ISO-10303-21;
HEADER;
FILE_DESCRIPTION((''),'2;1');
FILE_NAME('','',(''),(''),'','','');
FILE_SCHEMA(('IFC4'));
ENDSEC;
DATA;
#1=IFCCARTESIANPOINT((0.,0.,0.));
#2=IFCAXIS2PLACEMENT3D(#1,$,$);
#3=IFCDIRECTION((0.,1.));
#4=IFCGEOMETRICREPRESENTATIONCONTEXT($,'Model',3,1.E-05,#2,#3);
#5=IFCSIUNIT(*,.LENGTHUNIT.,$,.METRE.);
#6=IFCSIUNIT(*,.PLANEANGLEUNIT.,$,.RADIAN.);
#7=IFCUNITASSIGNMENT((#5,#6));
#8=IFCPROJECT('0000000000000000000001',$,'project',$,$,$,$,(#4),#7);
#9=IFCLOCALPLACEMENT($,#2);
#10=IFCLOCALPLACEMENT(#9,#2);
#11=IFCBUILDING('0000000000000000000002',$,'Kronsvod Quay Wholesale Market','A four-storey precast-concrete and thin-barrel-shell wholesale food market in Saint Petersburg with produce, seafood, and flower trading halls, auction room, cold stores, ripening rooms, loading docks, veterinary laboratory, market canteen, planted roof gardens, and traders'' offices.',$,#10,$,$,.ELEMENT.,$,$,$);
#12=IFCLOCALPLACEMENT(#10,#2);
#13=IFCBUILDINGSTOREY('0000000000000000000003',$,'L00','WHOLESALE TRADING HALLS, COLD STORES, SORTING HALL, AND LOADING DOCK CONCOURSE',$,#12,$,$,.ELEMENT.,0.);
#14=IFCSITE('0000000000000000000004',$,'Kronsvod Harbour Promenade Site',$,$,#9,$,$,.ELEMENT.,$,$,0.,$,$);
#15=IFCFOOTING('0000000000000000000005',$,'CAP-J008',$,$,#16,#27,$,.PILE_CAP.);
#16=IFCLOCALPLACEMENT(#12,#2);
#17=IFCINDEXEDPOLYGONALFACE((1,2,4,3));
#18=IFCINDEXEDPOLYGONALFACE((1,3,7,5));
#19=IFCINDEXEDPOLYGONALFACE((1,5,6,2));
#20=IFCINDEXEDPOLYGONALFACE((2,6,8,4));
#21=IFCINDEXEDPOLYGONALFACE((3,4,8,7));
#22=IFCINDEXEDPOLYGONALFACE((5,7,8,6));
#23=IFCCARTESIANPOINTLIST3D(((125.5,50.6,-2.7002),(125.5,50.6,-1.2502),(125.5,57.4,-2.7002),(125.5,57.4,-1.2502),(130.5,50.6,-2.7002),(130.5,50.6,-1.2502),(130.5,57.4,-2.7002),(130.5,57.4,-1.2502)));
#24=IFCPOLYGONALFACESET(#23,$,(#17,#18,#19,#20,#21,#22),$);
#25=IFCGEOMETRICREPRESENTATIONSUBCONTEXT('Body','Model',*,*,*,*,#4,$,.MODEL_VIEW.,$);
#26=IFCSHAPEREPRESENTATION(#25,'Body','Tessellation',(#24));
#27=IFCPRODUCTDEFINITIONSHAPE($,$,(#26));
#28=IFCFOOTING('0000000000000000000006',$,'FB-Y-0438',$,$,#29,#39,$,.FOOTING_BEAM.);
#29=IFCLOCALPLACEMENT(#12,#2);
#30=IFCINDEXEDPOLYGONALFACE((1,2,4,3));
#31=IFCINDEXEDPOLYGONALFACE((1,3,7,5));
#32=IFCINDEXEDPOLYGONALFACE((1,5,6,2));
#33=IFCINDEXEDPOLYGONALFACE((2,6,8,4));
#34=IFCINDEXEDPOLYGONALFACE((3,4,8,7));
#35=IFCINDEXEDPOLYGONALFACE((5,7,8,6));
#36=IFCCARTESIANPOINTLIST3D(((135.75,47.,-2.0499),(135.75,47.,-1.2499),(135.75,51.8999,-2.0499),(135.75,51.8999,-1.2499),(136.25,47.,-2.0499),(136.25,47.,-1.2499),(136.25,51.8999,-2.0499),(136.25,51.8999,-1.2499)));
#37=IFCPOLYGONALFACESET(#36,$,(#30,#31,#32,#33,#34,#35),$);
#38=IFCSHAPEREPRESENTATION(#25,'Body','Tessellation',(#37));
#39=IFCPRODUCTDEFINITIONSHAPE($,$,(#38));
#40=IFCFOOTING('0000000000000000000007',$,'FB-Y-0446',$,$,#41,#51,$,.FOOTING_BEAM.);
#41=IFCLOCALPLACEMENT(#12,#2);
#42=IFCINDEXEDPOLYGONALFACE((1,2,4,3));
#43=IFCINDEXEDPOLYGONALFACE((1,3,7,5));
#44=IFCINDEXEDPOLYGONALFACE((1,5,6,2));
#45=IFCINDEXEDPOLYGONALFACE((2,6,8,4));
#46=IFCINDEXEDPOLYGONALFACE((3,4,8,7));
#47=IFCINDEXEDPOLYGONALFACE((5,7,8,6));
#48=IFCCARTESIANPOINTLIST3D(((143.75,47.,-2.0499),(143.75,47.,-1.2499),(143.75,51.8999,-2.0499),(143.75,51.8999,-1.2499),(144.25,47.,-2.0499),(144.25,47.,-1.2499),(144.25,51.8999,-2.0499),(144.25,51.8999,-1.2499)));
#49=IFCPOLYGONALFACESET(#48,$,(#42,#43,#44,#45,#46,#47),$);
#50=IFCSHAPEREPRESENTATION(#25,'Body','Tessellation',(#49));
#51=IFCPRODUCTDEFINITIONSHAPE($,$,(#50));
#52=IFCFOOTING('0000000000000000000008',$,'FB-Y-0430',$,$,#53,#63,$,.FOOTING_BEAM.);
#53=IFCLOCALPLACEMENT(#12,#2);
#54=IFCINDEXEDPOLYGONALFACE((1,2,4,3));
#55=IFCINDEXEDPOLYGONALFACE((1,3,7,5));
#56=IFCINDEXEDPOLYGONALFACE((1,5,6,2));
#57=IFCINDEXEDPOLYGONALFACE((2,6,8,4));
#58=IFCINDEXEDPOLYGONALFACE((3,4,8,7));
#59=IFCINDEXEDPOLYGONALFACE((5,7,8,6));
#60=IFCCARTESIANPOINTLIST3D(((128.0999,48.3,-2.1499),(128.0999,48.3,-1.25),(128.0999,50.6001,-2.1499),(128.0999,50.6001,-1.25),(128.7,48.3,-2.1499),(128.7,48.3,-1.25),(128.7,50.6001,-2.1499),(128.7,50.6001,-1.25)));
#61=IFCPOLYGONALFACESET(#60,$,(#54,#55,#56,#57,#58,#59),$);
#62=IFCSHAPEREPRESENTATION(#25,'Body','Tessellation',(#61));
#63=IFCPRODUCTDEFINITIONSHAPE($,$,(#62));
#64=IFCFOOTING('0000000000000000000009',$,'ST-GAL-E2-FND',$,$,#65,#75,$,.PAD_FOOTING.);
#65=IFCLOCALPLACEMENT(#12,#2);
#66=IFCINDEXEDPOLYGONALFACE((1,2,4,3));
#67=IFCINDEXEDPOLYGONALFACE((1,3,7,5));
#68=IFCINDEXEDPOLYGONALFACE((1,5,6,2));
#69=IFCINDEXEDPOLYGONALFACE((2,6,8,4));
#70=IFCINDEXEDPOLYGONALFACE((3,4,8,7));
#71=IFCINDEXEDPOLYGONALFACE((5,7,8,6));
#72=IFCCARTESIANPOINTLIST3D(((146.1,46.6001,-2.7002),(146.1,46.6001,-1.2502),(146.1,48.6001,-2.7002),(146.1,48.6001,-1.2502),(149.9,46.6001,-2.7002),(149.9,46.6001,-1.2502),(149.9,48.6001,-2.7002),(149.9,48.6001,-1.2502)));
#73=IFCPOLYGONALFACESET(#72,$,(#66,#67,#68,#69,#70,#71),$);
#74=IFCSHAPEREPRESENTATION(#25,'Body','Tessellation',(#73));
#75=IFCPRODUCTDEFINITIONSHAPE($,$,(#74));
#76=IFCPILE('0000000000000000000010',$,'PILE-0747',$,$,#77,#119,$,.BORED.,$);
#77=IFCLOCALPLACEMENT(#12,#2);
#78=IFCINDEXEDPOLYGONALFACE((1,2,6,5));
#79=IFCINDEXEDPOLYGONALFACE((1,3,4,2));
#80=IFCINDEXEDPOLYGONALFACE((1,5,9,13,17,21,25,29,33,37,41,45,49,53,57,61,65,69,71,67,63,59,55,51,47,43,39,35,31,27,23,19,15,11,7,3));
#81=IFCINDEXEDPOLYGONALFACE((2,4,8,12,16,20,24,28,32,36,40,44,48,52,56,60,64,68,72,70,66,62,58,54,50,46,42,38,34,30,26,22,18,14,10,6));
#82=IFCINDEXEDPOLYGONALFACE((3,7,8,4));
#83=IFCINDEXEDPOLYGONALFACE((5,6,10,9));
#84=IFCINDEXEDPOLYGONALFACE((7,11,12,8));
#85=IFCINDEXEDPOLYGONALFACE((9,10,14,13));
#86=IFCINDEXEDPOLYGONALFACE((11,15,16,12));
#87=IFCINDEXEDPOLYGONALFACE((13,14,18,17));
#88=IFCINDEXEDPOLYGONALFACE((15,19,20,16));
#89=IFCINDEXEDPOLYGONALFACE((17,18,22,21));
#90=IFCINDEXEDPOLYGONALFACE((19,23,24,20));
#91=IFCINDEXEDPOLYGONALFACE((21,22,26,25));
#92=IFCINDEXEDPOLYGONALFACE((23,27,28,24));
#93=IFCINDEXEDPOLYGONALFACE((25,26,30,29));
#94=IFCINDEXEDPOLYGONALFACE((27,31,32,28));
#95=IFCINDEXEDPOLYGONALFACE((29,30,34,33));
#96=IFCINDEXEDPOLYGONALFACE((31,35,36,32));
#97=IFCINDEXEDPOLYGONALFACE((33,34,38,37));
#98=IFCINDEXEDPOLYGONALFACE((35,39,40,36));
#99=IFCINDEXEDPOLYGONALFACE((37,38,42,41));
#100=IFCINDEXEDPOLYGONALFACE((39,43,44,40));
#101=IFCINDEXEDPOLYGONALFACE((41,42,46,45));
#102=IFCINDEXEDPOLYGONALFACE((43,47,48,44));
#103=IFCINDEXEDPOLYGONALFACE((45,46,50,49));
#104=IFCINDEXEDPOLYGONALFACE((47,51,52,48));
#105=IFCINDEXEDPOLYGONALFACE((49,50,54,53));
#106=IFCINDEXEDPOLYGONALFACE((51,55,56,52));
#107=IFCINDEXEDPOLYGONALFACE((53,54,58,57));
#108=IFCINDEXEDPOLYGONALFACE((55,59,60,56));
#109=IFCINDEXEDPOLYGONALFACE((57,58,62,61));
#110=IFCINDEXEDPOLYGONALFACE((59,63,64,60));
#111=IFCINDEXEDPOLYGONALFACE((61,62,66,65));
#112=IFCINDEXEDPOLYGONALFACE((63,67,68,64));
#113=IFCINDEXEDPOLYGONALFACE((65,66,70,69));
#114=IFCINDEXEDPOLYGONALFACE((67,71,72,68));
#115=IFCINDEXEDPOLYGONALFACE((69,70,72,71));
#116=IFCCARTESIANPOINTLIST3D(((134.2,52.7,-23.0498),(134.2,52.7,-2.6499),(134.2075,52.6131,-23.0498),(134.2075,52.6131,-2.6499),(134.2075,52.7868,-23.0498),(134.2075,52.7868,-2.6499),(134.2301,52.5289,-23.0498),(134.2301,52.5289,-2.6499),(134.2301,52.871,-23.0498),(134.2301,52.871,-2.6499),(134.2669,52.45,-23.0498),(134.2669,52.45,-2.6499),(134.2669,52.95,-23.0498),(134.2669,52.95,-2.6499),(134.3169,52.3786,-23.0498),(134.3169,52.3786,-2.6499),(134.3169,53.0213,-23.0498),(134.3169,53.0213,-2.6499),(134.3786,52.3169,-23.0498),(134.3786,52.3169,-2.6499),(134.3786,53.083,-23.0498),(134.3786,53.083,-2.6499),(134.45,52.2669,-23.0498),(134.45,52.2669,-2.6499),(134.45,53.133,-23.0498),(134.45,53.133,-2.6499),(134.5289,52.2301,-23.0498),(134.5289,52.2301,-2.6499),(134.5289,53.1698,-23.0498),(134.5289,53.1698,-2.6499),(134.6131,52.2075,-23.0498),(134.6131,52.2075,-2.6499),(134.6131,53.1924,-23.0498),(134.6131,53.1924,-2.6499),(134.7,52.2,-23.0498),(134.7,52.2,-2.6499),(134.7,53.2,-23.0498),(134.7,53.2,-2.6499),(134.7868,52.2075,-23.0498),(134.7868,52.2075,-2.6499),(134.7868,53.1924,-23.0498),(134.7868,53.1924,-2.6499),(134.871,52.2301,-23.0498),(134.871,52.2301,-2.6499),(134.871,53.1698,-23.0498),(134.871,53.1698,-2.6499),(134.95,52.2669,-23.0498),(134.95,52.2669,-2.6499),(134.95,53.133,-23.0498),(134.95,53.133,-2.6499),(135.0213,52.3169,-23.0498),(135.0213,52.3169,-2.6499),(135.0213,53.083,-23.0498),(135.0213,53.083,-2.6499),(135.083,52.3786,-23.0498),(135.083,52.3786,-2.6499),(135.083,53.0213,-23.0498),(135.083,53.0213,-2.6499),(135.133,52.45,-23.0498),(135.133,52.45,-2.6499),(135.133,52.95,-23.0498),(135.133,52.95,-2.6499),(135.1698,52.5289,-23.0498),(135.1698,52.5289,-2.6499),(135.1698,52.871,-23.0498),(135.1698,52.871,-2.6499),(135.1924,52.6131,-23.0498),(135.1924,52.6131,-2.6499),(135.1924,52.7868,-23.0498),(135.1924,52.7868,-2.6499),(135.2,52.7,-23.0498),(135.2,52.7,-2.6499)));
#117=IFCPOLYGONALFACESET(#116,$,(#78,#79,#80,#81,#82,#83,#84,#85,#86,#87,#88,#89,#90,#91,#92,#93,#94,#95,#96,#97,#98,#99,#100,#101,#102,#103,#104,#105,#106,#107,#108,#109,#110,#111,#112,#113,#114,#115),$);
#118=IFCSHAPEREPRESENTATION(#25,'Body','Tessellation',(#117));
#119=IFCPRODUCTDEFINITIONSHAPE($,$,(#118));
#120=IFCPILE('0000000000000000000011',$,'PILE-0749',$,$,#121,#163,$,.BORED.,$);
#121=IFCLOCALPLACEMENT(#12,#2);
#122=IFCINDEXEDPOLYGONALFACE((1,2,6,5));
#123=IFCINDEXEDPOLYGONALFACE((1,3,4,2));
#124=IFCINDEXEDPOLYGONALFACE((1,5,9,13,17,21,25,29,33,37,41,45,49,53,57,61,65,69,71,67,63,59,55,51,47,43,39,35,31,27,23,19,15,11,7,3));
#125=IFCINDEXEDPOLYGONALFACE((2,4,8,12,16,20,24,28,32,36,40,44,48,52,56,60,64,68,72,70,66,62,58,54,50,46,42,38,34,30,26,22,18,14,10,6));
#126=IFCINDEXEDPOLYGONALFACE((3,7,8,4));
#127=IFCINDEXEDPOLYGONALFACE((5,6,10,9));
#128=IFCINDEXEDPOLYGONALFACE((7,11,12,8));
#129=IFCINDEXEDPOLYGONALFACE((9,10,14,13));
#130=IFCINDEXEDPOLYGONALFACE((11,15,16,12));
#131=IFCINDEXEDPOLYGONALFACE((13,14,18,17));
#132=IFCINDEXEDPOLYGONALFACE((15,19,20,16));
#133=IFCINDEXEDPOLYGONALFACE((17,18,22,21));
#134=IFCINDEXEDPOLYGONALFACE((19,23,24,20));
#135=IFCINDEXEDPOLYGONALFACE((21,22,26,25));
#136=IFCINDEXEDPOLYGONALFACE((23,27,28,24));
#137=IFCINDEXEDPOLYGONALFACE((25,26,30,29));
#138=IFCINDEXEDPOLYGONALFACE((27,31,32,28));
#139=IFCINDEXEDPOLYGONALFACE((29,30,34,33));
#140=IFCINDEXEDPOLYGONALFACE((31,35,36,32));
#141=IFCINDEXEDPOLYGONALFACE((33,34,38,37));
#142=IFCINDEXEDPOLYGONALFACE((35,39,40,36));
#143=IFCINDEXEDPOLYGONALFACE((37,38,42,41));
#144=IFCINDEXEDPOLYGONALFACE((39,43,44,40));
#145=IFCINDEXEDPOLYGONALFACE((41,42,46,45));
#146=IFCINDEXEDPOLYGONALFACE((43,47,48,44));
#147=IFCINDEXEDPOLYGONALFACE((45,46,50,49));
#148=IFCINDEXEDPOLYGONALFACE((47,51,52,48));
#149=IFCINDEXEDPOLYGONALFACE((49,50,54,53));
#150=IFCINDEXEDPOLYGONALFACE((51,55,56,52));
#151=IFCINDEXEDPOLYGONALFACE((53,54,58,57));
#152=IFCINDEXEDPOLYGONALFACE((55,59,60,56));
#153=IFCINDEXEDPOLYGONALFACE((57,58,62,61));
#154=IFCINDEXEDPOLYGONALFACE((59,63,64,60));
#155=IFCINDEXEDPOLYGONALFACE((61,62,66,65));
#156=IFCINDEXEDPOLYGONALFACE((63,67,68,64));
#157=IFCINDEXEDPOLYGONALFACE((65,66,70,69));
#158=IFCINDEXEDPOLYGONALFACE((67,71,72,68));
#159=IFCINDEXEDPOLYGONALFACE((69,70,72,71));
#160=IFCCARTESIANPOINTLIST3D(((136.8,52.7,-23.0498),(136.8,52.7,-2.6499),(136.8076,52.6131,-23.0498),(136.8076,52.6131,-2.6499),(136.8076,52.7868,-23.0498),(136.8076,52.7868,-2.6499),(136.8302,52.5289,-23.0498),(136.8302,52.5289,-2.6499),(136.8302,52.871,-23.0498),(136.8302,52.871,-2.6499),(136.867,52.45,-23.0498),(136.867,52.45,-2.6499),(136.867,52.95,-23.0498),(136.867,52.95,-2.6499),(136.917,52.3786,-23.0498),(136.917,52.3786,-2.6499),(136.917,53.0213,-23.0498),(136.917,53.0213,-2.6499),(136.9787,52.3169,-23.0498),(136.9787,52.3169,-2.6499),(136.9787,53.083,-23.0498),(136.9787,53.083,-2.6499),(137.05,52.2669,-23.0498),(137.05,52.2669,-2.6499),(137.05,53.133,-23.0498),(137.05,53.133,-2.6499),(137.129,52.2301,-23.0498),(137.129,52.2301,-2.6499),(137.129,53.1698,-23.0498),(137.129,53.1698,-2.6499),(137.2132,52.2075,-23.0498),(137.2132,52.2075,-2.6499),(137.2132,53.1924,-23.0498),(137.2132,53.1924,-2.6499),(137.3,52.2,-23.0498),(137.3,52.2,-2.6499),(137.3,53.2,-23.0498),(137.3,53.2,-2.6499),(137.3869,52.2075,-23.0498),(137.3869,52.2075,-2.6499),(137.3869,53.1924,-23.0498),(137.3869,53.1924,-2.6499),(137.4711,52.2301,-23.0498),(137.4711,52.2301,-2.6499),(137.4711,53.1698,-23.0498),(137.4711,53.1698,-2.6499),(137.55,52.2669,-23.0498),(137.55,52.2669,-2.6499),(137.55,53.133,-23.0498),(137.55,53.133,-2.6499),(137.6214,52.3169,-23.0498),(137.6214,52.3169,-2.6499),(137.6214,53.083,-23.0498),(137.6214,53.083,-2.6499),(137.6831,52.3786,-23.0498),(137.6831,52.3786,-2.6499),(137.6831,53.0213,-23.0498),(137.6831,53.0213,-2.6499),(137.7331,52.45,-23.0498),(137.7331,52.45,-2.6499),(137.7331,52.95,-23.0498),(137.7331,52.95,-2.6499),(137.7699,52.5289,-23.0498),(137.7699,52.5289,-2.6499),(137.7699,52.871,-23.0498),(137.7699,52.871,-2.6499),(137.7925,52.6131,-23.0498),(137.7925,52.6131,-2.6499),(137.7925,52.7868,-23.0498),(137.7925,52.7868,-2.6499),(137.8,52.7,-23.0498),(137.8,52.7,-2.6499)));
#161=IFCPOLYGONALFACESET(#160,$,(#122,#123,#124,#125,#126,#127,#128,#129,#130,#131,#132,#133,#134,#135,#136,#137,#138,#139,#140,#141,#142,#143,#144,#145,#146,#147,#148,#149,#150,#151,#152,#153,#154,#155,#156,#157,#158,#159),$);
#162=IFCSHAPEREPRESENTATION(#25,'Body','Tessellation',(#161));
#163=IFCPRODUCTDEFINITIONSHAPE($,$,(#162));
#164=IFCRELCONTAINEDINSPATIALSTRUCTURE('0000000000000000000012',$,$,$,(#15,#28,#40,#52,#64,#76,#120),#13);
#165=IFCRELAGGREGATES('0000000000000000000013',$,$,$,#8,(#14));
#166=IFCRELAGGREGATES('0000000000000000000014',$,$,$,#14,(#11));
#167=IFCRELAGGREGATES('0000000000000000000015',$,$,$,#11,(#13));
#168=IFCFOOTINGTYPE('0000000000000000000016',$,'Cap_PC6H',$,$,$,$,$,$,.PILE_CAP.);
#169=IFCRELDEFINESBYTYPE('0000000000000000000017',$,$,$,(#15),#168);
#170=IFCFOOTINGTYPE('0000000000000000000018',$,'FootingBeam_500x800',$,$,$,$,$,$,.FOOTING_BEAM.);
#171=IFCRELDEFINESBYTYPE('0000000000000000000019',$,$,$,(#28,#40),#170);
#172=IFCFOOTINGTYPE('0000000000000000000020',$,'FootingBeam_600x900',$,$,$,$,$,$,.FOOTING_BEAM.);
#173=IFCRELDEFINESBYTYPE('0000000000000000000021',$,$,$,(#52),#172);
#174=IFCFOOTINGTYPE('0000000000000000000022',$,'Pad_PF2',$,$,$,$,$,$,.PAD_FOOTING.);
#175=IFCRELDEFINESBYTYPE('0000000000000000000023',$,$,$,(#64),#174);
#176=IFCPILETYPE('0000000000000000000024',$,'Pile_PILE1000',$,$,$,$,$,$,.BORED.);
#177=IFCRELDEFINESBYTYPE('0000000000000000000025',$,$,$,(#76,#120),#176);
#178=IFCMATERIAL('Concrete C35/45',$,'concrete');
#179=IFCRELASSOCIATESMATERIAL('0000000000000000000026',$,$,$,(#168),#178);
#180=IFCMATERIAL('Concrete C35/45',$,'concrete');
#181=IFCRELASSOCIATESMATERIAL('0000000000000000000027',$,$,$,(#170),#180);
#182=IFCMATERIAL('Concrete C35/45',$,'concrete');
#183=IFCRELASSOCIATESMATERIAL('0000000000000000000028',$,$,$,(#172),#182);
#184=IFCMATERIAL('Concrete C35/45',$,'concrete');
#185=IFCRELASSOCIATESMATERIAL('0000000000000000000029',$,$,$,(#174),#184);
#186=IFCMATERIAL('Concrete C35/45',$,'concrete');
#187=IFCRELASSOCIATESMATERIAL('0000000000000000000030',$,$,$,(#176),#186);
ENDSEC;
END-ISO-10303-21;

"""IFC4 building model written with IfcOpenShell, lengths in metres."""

from ifc_helpers import new_model, si_unit, direction, frame, origin, origin_2d, place, context, subcontext, project, spatial, rectangle, circle, extrude, material, material_profile, profile_set, type_object, element, save


model = new_model("IFC4")

# Units and contexts
model_context = context("Model", 3, precision=1e-05, world=origin(), true_north=direction((0.0, 1.0)))
body_context = subcontext(model_context, "Body", "Model", "MODEL_VIEW")
ifc_project = project(units=[si_unit("LENGTHUNIT", "METRE"), si_unit("PLANEANGLEUNIT", "RADIAN")], contexts=[model_context])

# Site, building, storey
site_placement = place(None, origin())
site = spatial("IfcSite", under=ifc_project, at=site_placement, Name="Kronsvod Harbour Promenade Site", CompositionType="ELEMENT", RefElevation=0.0)
building_placement = place(site_placement, origin())
building = spatial("IfcBuilding", under=site, at=building_placement, Name="Kronsvod Quay Wholesale Market", Description="A four-storey precast-concrete and thin-barrel-shell wholesale food market in Saint Petersburg with produce, seafood, and flower trading halls, auction room, cold stores, ripening rooms, loading docks, veterinary laboratory, market canteen, planted roof gardens, and traders' offices.", CompositionType="ELEMENT")
storey_placement = place(building_placement, origin())
storey = spatial("IfcBuildingStorey", under=building, at=storey_placement, Name="L00", Description="WHOLESALE TRADING HALLS, COLD STORES, SORTING HALL, AND LOADING DOCK CONCOURSE", CompositionType="ELEMENT", Elevation=0.0)

# Footings
ifc_material_1 = material(Name="Concrete C35/45", Category="concrete")
footing_type_1 = type_object("IfcFootingType", Name="Cap_PC6H", PredefinedType="PILE_CAP", material=ifc_material_1)
footing_1_placement = place(storey_placement, frame((128.0, 54.0, -2.7002), z_axis=(0.0, 0.0, 1.0), x_axis=(1.0, 0.0, 0.0)))
element("IfcFooting", 1, at=footing_1_placement, inside=storey, type_object=footing_type_1, Name="CAP-J008", PredefinedType="PILE_CAP", context=body_context, shape_type="SweptSolid", body=[
    extrude(rectangle(XDim=5.0, YDim=6.8, at=origin_2d()), origin(), (0.0, 0.0, 1.0), 1.45),
])
ifc_material_2 = material(Name="Concrete C35/45", Category="concrete")
ifc_material_profile_1 = material_profile(ifc_material_2, rectangle(XDim=0.5, YDim=0.8, at=origin_2d()), Name="FB-01")
ifc_profile_set_1 = profile_set([ifc_material_profile_1], Name="Concrete C35/45")
footing_type_2 = type_object("IfcFootingType", Name="FootingBeam_500x800", PredefinedType="FOOTING_BEAM", material=ifc_profile_set_1)
for number, where, z_axis, x_axis, name in (
    (2, (136.0, 47.0, -1.6499), (0.0, 1.0, 0.0), (-1.0, 0.0, 0.0), "FB-Y-0438"),
    (3, (144.0, 47.0, -1.6499), (0.0, 1.0, 0.0), (-1.0, 0.0, 0.0), "FB-Y-0446"),
):
    element("IfcFooting", number, at=place(storey_placement, frame(where, z_axis=z_axis, x_axis=x_axis)), inside=storey, type_object=footing_type_2, Name=name, PredefinedType="FOOTING_BEAM", context=body_context, shape_type="SweptSolid", body=[
        extrude(rectangle(XDim=0.5, YDim=0.8, at=origin_2d()), origin(), (0.0, 0.0, 1.0), 4.8999),
    ])
ifc_material_3 = material(Name="Concrete C35/45", Category="concrete")
ifc_material_profile_2 = material_profile(ifc_material_3, rectangle(XDim=0.6001, YDim=0.8999, at=origin_2d()), Name="FB-02")
ifc_profile_set_2 = profile_set([ifc_material_profile_2], Name="Concrete C35/45")
footing_type_3 = type_object("IfcFootingType", Name="FootingBeam_600x900", PredefinedType="FOOTING_BEAM", material=ifc_profile_set_2)
footing_2_placement = place(storey_placement, frame((128.3999, 48.3, -1.7), z_axis=(0.0, 1.0, 0.0), x_axis=(-1.0, 0.0, 0.0)))
element("IfcFooting", 4, at=footing_2_placement, inside=storey, type_object=footing_type_3, Name="FB-Y-0430", PredefinedType="FOOTING_BEAM", context=body_context, shape_type="SweptSolid", body=[
    extrude(rectangle(XDim=0.6001, YDim=0.8999, at=origin_2d()), origin(), (0.0, 0.0, 1.0), 2.3),
])
ifc_material_4 = material(Name="Concrete C35/45", Category="concrete")
footing_type_4 = type_object("IfcFootingType", Name="Pad_PF2", PredefinedType="PAD_FOOTING", material=ifc_material_4)
footing_3_placement = place(storey_placement, frame((148.0, 47.6001, -2.7002), z_axis=(0.0, 0.0, 1.0), x_axis=(1.0, 0.0, 0.0)))
element("IfcFooting", 5, at=footing_3_placement, inside=storey, type_object=footing_type_4, Name="ST-GAL-E2-FND", PredefinedType="PAD_FOOTING", context=body_context, shape_type="SweptSolid", body=[
    extrude(rectangle(XDim=3.8, YDim=2.0, at=origin_2d()), origin(), (0.0, 0.0, 1.0), 1.45),
])

# Piles
ifc_material_5 = material(Name="Concrete C35/45", Category="concrete")
ifc_material_profile_3 = material_profile(ifc_material_5, circle(Radius=0.5, at=origin_2d()), Name="PILE1000")
ifc_profile_set_3 = profile_set([ifc_material_profile_3], Name="Concrete C35/45")
pile_type_1 = type_object("IfcPileType", Name="Pile_PILE1000", PredefinedType="BORED", material=ifc_profile_set_3)
for number, where, z_axis, x_axis, name in (
    (6, (134.7, 52.7, -2.6499), (0.0, 0.0, -1.0), (1.0, 0.0, 0.0), "PILE-0747"),
    (7, (137.3, 52.7, -2.6499), (0.0, 0.0, -1.0), (1.0, 0.0, 0.0), "PILE-0749"),
):
    element("IfcPile", number, at=place(storey_placement, frame(where, z_axis=z_axis, x_axis=x_axis)), inside=storey, type_object=pile_type_1, Name=name, PredefinedType="BORED", context=body_context, shape_type="SweptSolid", body=[
        extrude(circle(Radius=0.5, at=origin_2d()), origin(), (0.0, 0.0, 1.0), 20.3999),
    ])

save(model, "model.ifc")
